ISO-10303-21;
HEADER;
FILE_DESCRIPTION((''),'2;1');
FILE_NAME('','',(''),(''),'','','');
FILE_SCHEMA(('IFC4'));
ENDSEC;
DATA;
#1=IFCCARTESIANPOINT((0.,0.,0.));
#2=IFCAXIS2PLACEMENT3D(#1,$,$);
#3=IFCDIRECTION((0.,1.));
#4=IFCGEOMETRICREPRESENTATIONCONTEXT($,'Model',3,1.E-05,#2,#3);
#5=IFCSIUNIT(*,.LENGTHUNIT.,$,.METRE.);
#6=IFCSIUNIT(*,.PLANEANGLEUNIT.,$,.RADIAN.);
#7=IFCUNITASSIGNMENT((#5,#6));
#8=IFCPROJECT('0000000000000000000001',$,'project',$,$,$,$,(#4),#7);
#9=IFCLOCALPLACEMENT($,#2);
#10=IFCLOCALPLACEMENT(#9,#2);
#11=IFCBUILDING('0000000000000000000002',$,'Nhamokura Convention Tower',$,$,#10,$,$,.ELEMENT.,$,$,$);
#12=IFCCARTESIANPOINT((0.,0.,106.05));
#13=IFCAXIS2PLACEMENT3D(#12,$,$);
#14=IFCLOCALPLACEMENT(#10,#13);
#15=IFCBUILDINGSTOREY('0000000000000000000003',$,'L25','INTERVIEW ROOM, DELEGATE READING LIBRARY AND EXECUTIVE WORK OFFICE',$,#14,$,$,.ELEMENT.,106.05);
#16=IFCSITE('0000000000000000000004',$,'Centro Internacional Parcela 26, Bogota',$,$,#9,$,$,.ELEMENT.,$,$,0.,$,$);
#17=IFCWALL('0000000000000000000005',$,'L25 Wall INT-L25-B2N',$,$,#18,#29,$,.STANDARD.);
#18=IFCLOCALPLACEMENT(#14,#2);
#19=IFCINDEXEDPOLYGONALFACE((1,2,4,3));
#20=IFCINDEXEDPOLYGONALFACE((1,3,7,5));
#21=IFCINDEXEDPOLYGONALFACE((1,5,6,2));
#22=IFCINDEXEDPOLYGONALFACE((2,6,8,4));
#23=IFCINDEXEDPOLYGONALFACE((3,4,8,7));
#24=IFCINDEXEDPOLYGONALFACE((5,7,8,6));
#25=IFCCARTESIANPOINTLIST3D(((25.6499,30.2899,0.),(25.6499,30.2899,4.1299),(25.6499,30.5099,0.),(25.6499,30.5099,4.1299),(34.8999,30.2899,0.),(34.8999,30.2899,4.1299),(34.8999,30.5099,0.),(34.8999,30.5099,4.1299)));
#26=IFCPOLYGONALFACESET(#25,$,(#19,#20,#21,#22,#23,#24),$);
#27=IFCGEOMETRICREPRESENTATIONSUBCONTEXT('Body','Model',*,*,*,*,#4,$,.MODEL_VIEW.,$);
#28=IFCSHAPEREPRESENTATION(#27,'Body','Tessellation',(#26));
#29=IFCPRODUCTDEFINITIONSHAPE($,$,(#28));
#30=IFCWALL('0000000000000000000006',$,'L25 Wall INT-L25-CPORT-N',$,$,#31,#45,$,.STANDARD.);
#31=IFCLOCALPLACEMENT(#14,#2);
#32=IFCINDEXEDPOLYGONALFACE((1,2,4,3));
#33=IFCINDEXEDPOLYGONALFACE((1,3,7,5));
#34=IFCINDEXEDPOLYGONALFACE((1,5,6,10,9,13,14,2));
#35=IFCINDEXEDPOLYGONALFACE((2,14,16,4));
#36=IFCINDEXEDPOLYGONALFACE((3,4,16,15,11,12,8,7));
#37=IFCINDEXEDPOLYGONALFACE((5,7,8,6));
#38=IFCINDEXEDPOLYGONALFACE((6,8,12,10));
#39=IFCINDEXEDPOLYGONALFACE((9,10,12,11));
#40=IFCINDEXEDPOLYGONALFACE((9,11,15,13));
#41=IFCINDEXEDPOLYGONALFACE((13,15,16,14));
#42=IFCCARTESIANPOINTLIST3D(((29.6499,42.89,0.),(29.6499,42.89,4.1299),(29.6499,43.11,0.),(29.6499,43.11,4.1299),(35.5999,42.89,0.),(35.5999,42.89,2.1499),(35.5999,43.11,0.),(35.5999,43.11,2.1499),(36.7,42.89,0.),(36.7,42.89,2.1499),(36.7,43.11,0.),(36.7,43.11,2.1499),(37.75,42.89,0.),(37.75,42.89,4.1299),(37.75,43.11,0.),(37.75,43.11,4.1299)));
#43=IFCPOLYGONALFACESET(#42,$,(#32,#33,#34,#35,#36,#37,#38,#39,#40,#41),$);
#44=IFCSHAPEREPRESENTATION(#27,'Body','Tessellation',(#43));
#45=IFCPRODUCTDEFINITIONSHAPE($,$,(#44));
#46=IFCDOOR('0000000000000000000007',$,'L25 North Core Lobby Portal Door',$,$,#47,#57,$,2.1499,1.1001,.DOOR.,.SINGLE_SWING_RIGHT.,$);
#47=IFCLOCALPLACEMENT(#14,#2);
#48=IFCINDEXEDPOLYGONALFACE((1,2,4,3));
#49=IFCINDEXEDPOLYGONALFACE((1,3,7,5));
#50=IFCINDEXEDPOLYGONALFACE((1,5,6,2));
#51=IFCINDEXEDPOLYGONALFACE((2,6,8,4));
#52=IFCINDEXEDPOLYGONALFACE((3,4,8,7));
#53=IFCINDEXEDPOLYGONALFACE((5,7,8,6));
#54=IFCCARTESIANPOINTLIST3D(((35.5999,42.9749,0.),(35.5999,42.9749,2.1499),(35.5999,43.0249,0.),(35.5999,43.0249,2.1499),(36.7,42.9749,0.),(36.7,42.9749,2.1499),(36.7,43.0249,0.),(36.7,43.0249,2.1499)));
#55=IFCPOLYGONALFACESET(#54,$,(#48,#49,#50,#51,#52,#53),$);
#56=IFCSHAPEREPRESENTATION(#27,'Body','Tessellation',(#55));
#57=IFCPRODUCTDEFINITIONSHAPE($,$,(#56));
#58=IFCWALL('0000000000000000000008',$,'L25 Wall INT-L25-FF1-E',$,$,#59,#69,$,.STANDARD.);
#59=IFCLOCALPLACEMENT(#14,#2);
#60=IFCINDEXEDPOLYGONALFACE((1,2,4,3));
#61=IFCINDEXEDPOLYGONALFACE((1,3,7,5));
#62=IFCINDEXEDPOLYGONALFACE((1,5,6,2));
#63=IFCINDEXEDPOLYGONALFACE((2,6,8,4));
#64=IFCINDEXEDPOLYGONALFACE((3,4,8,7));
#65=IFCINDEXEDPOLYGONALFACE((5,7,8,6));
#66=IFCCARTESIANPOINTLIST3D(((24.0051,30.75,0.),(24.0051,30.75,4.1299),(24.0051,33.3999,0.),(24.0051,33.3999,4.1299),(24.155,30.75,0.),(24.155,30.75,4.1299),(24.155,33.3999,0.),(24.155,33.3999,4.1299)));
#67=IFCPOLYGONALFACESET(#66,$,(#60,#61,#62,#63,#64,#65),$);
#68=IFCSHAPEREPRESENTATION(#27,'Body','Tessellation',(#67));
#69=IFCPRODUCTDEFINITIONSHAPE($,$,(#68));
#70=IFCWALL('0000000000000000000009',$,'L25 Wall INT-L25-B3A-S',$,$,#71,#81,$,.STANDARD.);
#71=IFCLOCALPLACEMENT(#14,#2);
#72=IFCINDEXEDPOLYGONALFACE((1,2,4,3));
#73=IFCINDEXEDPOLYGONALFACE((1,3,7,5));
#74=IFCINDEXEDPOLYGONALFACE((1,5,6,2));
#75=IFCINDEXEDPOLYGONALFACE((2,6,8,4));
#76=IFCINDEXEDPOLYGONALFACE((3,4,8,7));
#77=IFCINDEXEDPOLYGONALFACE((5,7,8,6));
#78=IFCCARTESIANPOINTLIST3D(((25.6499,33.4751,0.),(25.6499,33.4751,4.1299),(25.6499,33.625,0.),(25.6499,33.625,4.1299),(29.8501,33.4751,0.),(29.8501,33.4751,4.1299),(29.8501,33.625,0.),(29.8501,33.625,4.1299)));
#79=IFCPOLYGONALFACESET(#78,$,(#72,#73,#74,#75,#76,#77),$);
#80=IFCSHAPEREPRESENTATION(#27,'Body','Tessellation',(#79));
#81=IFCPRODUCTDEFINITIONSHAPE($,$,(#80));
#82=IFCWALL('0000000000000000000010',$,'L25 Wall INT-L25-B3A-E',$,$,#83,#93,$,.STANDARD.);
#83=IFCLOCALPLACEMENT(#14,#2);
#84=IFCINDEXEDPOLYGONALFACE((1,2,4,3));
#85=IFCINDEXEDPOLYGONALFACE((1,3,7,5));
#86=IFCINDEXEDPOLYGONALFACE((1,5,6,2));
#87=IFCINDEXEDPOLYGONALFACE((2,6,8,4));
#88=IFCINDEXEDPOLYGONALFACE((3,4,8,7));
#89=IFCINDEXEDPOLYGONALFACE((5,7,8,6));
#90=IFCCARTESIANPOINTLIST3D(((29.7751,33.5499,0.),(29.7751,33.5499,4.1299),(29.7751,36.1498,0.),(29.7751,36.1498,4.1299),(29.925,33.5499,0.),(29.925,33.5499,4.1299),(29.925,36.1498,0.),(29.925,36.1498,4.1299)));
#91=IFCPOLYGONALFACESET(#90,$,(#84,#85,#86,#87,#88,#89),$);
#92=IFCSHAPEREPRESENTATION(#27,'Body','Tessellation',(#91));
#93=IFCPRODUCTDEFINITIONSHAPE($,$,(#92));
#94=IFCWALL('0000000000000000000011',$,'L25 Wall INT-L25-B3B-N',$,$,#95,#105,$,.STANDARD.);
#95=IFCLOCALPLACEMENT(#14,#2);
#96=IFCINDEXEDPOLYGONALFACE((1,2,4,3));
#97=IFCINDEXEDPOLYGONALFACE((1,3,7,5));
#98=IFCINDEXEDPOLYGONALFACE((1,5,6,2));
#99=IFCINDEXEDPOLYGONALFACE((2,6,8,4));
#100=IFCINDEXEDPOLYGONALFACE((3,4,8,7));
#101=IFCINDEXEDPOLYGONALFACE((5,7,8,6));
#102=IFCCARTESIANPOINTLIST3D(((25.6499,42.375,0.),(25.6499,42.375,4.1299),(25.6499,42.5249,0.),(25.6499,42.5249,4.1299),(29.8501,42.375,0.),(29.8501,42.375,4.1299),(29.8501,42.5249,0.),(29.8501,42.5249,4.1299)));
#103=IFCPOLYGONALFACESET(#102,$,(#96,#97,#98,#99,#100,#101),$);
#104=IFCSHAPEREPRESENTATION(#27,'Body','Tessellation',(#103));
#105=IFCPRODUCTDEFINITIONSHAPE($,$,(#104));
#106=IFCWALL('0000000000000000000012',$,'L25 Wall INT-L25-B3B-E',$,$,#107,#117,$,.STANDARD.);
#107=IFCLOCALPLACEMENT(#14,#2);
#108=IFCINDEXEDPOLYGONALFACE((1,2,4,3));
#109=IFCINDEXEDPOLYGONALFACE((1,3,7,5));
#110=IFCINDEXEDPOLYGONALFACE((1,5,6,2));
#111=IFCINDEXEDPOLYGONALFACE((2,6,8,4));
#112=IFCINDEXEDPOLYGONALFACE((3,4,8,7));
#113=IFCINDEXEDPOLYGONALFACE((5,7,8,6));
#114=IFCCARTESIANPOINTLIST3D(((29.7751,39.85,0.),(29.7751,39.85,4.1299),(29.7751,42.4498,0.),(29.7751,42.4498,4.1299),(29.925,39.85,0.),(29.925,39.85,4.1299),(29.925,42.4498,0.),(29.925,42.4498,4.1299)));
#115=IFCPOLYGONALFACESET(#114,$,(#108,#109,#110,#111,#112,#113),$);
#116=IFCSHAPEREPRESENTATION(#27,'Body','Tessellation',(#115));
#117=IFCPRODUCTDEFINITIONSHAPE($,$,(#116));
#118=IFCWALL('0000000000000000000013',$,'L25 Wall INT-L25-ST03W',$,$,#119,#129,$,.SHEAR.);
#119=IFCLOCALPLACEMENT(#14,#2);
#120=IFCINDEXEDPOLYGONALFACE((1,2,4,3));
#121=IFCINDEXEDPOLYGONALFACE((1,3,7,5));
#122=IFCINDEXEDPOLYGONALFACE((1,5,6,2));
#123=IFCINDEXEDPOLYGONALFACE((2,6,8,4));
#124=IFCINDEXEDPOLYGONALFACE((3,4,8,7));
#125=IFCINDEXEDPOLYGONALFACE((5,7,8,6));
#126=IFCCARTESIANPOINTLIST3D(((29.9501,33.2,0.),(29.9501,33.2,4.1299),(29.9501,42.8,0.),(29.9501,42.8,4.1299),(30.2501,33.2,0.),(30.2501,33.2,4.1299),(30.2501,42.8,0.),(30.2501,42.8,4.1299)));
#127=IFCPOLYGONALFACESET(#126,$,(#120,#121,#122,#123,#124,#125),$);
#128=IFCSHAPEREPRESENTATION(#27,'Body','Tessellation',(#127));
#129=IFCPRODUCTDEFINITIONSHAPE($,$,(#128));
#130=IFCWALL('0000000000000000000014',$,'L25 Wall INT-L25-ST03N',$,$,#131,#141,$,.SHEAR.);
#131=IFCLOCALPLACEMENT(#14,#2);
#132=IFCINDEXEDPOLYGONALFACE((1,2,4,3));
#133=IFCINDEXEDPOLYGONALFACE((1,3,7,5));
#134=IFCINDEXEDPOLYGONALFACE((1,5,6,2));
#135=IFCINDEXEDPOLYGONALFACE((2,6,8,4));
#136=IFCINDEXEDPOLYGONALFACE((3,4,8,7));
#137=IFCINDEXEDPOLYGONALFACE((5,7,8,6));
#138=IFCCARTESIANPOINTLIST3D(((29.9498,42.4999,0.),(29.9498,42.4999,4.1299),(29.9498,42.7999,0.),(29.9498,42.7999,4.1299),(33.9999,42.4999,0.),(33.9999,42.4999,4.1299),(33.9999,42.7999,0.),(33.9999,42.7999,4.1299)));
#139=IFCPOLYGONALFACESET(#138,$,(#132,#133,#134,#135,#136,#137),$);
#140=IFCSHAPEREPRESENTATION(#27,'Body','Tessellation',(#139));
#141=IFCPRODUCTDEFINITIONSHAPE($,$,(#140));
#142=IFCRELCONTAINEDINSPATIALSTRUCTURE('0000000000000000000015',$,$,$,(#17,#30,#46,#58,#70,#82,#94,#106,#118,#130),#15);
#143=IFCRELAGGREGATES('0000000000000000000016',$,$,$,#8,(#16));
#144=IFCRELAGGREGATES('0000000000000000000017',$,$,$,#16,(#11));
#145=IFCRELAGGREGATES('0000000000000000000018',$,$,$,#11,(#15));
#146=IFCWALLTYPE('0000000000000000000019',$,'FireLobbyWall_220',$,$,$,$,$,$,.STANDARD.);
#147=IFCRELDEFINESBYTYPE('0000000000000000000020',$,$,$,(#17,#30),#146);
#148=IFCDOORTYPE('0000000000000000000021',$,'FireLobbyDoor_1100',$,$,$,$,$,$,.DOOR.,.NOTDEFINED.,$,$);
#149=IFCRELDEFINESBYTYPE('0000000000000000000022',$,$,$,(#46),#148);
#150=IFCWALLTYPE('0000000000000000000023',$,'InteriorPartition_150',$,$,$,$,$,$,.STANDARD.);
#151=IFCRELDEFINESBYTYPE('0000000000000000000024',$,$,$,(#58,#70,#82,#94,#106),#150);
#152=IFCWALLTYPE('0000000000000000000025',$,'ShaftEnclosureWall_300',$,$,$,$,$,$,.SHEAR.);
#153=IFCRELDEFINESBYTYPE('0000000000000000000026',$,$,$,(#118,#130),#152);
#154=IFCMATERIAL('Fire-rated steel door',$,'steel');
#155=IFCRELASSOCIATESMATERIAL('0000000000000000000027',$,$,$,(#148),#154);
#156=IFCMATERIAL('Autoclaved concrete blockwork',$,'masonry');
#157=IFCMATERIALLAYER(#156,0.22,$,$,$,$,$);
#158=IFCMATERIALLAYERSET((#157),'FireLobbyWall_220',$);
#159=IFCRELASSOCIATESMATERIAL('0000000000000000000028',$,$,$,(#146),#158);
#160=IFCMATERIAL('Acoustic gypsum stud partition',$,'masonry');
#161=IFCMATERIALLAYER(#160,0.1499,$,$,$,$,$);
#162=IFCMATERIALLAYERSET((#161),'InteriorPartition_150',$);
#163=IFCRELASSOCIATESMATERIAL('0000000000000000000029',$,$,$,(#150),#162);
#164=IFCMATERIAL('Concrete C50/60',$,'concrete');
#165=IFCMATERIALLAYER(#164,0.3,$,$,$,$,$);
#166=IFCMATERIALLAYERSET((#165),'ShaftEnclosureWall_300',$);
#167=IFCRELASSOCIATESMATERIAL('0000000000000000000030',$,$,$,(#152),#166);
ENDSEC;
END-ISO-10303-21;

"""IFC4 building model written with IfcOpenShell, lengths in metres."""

from ifc_helpers import new_model, si_unit, direction, frame, frame_2d, origin, place, context, subcontext, project, spatial, rectangle, extrude, material, layer, layer_set, type_object, element, fill, save


model = new_model("IFC4")

# Units and contexts
model_context = context("Model", 3, precision=1e-05, world=origin(), true_north=direction((0.0, 1.0)))
body_context = subcontext(model_context, "Body", "Model", "MODEL_VIEW")
ifc_project = project(units=[si_unit("LENGTHUNIT", "METRE"), si_unit("PLANEANGLEUNIT", "RADIAN")], contexts=[model_context])

# Site, building, storey
site_placement = place(None, origin())
site = spatial("IfcSite", under=ifc_project, at=site_placement, Name="Centro Internacional Parcela 26, Bogota", CompositionType="ELEMENT", RefElevation=0.0)
building_placement = place(site_placement, origin())
building = spatial("IfcBuilding", under=site, at=building_placement, Name="Nhamokura Convention Tower", CompositionType="ELEMENT")
storey_placement = place(building_placement, frame((0.0, 0.0, 106.05)))
storey = spatial("IfcBuildingStorey", under=building, at=storey_placement, Name="L25", Description="INTERVIEW ROOM, DELEGATE READING LIBRARY AND EXECUTIVE WORK OFFICE", CompositionType="ELEMENT", Elevation=106.05)

# Shared definitions
ifc_material_1 = material(Name="Fire-rated steel door", Category="steel")
door_type_1 = type_object("IfcDoorType", Name="FireLobbyDoor_1100", OperationType="NOTDEFINED", PredefinedType="DOOR", material=ifc_material_1)

# Wall
ifc_material_2 = material(Name="Autoclaved concrete blockwork", Category="masonry")
ifc_layer_1 = layer(ifc_material_2, 0.22)
ifc_layer_set_1 = layer_set([ifc_layer_1], Name="FireLobbyWall_220")
wall_type_1 = type_object("IfcWallType", Name="FireLobbyWall_220", PredefinedType="STANDARD", material=ifc_layer_set_1)
wall_1_placement = place(storey_placement, frame((25.6499, 30.3999, 0.0), z_axis=(0.0, 0.0, 1.0), x_axis=(1.0, 0.0, 0.0)))
element("IfcWall", 1, at=wall_1_placement, inside=storey, type_object=wall_type_1, Name="L25 Wall INT-L25-B2N", PredefinedType="STANDARD", context=body_context, shape_type="SweptSolid", body=[
    extrude(rectangle(XDim=9.25, YDim=0.22, at=frame_2d((4.625, 0.0))), origin(), (0.0, 0.0, 1.0), 4.1299),
])

# Wall, opening, door
wall_2_placement = place(storey_placement, frame((29.6499, 43.0, 0.0), z_axis=(0.0, 0.0, 1.0), x_axis=(1.0, 0.0, 0.0)))
wall_2 = element("IfcWall", 2, at=wall_2_placement, inside=storey, type_object=wall_type_1, Name="L25 Wall INT-L25-CPORT-N", PredefinedType="STANDARD", context=body_context, shape_type="SweptSolid", body=[
    extrude(rectangle(XDim=8.1001, YDim=0.22, at=frame_2d((4.05, 0.0))), origin(), (0.0, 0.0, 1.0), 4.1299),
])
opening_1_placement = place(wall_2_placement, frame((5.95, 0.0, 0.0)))
opening_1 = element("IfcOpeningElement", 3, at=opening_1_placement, cuts=wall_2, PredefinedType="OPENING", context=body_context, shape_type="SweptSolid", body=[
    extrude(rectangle(XDim=1.1001, YDim=2.1499, at=frame_2d((0.55, 1.075))), frame((0.0, 0.1199, 0.0), z_axis=(0.0, -1.0, 0.0), x_axis=(1.0, 0.0, 0.0)), (0.0, 0.0, 1.0), 0.24),
])
door_1_placement = place(opening_1_placement, origin())
door_1 = element("IfcDoor", 4, at=door_1_placement, inside=storey, type_object=door_type_1, Name="L25 North Core Lobby Portal Door", OperationType="SINGLE_SWING_RIGHT", OverallHeight=2.1499, OverallWidth=1.1001, PredefinedType="DOOR", context=body_context, shape_type="SweptSolid", body=[
    extrude(rectangle(XDim=1.1001, YDim=2.1499, at=frame_2d((0.55, 1.075))), frame((0.0, 0.0249, 0.0), z_axis=(0.0, -1.0, 0.0), x_axis=(1.0, 0.0, 0.0)), (0.0, 0.0, 1.0), 0.05),
])
fill(opening_1, door_1)

# Walls
ifc_material_3 = material(Name="Acoustic gypsum stud partition", Category="masonry")
ifc_layer_2 = layer(ifc_material_3, 0.1499)
ifc_layer_set_2 = layer_set([ifc_layer_2], Name="InteriorPartition_150")
wall_type_2 = type_object("IfcWallType", Name="InteriorPartition_150", PredefinedType="STANDARD", material=ifc_layer_set_2)
wall_3_placement = place(storey_placement, frame((24.0801, 30.75, 0.0), z_axis=(0.0, 0.0, 1.0), x_axis=(0.0, 1.0, 0.0)))
element("IfcWall", 5, at=wall_3_placement, inside=storey, type_object=wall_type_2, Name="L25 Wall INT-L25-FF1-E", PredefinedType="STANDARD", context=body_context, shape_type="SweptSolid", body=[
    extrude(rectangle(XDim=2.6499, YDim=0.1499, at=frame_2d((1.325, 0.0))), origin(), (0.0, 0.0, 1.0), 4.1299),
])
wall_4_placement = place(storey_placement, frame((25.6499, 33.55, 0.0), z_axis=(0.0, 0.0, 1.0), x_axis=(1.0, 0.0, 0.0)))
element("IfcWall", 6, at=wall_4_placement, inside=storey, type_object=wall_type_2, Name="L25 Wall INT-L25-B3A-S", PredefinedType="STANDARD", context=body_context, shape_type="SweptSolid", body=[
    extrude(rectangle(XDim=4.2002, YDim=0.1499, at=frame_2d((2.1001, 0.0))), origin(), (0.0, 0.0, 1.0), 4.1299),
])
wall_5_placement = place(storey_placement, frame((29.8501, 33.55, 0.0), z_axis=(0.0, 0.0, 1.0), x_axis=(0.0, 1.0, 0.0)))
element("IfcWall", 7, at=wall_5_placement, inside=storey, type_object=wall_type_2, Name="L25 Wall INT-L25-B3A-E", PredefinedType="STANDARD", context=body_context, shape_type="SweptSolid", body=[
    extrude(rectangle(XDim=2.5999, YDim=0.1499, at=frame_2d((1.2998, 0.0))), origin(), (0.0, 0.0, 1.0), 4.1299),
])
wall_6_placement = place(storey_placement, frame((25.6499, 42.45, 0.0), z_axis=(0.0, 0.0, 1.0), x_axis=(1.0, 0.0, 0.0)))
element("IfcWall", 8, at=wall_6_placement, inside=storey, type_object=wall_type_2, Name="L25 Wall INT-L25-B3B-N", PredefinedType="STANDARD", context=body_context, shape_type="SweptSolid", body=[
    extrude(rectangle(XDim=4.2002, YDim=0.1499, at=frame_2d((2.1001, 0.0))), origin(), (0.0, 0.0, 1.0), 4.1299),
])
wall_7_placement = place(storey_placement, frame((29.8501, 39.8501, 0.0), z_axis=(0.0, 0.0, 1.0), x_axis=(0.0, 1.0, 0.0)))
element("IfcWall", 9, at=wall_7_placement, inside=storey, type_object=wall_type_2, Name="L25 Wall INT-L25-B3B-E", PredefinedType="STANDARD", context=body_context, shape_type="SweptSolid", body=[
    extrude(rectangle(XDim=2.5999, YDim=0.1499, at=frame_2d((1.2998, 0.0))), origin(), (0.0, 0.0, 1.0), 4.1299),
])
ifc_material_4 = material(Name="Concrete C50/60", Category="concrete")
ifc_layer_3 = layer(ifc_material_4, 0.3)
ifc_layer_set_3 = layer_set([ifc_layer_3], Name="ShaftEnclosureWall_300")
wall_type_3 = type_object("IfcWallType", Name="ShaftEnclosureWall_300", PredefinedType="SHEAR", material=ifc_layer_set_3)
wall_8_placement = place(storey_placement, frame((30.1001, 33.2, 0.0), z_axis=(0.0, 0.0, 1.0), x_axis=(0.0, 1.0, 0.0)))
element("IfcWall", 10, at=wall_8_placement, inside=storey, type_object=wall_type_3, Name="L25 Wall INT-L25-ST03W", PredefinedType="SHEAR", context=body_context, shape_type="SweptSolid", body=[
    extrude(rectangle(XDim=9.6001, YDim=0.3, at=frame_2d((4.8, 0.0))), origin(), (0.0, 0.0, 1.0), 4.1299),
])

# Wall
wall_9_placement = place(storey_placement, frame((29.95, 42.6499, 0.0), z_axis=(0.0, 0.0, 1.0), x_axis=(1.0, 0.0, 0.0)))
element("IfcWall", 11, at=wall_9_placement, inside=storey, type_object=wall_type_3, Name="L25 Wall INT-L25-ST03N", PredefinedType="SHEAR", context=body_context, shape_type="SweptSolid", body=[
    extrude(rectangle(XDim=4.05, YDim=0.3, at=frame_2d((2.0249, 0.0))), origin(), (0.0, 0.0, 1.0), 4.1299),
])

save(model, "model.ifc")
